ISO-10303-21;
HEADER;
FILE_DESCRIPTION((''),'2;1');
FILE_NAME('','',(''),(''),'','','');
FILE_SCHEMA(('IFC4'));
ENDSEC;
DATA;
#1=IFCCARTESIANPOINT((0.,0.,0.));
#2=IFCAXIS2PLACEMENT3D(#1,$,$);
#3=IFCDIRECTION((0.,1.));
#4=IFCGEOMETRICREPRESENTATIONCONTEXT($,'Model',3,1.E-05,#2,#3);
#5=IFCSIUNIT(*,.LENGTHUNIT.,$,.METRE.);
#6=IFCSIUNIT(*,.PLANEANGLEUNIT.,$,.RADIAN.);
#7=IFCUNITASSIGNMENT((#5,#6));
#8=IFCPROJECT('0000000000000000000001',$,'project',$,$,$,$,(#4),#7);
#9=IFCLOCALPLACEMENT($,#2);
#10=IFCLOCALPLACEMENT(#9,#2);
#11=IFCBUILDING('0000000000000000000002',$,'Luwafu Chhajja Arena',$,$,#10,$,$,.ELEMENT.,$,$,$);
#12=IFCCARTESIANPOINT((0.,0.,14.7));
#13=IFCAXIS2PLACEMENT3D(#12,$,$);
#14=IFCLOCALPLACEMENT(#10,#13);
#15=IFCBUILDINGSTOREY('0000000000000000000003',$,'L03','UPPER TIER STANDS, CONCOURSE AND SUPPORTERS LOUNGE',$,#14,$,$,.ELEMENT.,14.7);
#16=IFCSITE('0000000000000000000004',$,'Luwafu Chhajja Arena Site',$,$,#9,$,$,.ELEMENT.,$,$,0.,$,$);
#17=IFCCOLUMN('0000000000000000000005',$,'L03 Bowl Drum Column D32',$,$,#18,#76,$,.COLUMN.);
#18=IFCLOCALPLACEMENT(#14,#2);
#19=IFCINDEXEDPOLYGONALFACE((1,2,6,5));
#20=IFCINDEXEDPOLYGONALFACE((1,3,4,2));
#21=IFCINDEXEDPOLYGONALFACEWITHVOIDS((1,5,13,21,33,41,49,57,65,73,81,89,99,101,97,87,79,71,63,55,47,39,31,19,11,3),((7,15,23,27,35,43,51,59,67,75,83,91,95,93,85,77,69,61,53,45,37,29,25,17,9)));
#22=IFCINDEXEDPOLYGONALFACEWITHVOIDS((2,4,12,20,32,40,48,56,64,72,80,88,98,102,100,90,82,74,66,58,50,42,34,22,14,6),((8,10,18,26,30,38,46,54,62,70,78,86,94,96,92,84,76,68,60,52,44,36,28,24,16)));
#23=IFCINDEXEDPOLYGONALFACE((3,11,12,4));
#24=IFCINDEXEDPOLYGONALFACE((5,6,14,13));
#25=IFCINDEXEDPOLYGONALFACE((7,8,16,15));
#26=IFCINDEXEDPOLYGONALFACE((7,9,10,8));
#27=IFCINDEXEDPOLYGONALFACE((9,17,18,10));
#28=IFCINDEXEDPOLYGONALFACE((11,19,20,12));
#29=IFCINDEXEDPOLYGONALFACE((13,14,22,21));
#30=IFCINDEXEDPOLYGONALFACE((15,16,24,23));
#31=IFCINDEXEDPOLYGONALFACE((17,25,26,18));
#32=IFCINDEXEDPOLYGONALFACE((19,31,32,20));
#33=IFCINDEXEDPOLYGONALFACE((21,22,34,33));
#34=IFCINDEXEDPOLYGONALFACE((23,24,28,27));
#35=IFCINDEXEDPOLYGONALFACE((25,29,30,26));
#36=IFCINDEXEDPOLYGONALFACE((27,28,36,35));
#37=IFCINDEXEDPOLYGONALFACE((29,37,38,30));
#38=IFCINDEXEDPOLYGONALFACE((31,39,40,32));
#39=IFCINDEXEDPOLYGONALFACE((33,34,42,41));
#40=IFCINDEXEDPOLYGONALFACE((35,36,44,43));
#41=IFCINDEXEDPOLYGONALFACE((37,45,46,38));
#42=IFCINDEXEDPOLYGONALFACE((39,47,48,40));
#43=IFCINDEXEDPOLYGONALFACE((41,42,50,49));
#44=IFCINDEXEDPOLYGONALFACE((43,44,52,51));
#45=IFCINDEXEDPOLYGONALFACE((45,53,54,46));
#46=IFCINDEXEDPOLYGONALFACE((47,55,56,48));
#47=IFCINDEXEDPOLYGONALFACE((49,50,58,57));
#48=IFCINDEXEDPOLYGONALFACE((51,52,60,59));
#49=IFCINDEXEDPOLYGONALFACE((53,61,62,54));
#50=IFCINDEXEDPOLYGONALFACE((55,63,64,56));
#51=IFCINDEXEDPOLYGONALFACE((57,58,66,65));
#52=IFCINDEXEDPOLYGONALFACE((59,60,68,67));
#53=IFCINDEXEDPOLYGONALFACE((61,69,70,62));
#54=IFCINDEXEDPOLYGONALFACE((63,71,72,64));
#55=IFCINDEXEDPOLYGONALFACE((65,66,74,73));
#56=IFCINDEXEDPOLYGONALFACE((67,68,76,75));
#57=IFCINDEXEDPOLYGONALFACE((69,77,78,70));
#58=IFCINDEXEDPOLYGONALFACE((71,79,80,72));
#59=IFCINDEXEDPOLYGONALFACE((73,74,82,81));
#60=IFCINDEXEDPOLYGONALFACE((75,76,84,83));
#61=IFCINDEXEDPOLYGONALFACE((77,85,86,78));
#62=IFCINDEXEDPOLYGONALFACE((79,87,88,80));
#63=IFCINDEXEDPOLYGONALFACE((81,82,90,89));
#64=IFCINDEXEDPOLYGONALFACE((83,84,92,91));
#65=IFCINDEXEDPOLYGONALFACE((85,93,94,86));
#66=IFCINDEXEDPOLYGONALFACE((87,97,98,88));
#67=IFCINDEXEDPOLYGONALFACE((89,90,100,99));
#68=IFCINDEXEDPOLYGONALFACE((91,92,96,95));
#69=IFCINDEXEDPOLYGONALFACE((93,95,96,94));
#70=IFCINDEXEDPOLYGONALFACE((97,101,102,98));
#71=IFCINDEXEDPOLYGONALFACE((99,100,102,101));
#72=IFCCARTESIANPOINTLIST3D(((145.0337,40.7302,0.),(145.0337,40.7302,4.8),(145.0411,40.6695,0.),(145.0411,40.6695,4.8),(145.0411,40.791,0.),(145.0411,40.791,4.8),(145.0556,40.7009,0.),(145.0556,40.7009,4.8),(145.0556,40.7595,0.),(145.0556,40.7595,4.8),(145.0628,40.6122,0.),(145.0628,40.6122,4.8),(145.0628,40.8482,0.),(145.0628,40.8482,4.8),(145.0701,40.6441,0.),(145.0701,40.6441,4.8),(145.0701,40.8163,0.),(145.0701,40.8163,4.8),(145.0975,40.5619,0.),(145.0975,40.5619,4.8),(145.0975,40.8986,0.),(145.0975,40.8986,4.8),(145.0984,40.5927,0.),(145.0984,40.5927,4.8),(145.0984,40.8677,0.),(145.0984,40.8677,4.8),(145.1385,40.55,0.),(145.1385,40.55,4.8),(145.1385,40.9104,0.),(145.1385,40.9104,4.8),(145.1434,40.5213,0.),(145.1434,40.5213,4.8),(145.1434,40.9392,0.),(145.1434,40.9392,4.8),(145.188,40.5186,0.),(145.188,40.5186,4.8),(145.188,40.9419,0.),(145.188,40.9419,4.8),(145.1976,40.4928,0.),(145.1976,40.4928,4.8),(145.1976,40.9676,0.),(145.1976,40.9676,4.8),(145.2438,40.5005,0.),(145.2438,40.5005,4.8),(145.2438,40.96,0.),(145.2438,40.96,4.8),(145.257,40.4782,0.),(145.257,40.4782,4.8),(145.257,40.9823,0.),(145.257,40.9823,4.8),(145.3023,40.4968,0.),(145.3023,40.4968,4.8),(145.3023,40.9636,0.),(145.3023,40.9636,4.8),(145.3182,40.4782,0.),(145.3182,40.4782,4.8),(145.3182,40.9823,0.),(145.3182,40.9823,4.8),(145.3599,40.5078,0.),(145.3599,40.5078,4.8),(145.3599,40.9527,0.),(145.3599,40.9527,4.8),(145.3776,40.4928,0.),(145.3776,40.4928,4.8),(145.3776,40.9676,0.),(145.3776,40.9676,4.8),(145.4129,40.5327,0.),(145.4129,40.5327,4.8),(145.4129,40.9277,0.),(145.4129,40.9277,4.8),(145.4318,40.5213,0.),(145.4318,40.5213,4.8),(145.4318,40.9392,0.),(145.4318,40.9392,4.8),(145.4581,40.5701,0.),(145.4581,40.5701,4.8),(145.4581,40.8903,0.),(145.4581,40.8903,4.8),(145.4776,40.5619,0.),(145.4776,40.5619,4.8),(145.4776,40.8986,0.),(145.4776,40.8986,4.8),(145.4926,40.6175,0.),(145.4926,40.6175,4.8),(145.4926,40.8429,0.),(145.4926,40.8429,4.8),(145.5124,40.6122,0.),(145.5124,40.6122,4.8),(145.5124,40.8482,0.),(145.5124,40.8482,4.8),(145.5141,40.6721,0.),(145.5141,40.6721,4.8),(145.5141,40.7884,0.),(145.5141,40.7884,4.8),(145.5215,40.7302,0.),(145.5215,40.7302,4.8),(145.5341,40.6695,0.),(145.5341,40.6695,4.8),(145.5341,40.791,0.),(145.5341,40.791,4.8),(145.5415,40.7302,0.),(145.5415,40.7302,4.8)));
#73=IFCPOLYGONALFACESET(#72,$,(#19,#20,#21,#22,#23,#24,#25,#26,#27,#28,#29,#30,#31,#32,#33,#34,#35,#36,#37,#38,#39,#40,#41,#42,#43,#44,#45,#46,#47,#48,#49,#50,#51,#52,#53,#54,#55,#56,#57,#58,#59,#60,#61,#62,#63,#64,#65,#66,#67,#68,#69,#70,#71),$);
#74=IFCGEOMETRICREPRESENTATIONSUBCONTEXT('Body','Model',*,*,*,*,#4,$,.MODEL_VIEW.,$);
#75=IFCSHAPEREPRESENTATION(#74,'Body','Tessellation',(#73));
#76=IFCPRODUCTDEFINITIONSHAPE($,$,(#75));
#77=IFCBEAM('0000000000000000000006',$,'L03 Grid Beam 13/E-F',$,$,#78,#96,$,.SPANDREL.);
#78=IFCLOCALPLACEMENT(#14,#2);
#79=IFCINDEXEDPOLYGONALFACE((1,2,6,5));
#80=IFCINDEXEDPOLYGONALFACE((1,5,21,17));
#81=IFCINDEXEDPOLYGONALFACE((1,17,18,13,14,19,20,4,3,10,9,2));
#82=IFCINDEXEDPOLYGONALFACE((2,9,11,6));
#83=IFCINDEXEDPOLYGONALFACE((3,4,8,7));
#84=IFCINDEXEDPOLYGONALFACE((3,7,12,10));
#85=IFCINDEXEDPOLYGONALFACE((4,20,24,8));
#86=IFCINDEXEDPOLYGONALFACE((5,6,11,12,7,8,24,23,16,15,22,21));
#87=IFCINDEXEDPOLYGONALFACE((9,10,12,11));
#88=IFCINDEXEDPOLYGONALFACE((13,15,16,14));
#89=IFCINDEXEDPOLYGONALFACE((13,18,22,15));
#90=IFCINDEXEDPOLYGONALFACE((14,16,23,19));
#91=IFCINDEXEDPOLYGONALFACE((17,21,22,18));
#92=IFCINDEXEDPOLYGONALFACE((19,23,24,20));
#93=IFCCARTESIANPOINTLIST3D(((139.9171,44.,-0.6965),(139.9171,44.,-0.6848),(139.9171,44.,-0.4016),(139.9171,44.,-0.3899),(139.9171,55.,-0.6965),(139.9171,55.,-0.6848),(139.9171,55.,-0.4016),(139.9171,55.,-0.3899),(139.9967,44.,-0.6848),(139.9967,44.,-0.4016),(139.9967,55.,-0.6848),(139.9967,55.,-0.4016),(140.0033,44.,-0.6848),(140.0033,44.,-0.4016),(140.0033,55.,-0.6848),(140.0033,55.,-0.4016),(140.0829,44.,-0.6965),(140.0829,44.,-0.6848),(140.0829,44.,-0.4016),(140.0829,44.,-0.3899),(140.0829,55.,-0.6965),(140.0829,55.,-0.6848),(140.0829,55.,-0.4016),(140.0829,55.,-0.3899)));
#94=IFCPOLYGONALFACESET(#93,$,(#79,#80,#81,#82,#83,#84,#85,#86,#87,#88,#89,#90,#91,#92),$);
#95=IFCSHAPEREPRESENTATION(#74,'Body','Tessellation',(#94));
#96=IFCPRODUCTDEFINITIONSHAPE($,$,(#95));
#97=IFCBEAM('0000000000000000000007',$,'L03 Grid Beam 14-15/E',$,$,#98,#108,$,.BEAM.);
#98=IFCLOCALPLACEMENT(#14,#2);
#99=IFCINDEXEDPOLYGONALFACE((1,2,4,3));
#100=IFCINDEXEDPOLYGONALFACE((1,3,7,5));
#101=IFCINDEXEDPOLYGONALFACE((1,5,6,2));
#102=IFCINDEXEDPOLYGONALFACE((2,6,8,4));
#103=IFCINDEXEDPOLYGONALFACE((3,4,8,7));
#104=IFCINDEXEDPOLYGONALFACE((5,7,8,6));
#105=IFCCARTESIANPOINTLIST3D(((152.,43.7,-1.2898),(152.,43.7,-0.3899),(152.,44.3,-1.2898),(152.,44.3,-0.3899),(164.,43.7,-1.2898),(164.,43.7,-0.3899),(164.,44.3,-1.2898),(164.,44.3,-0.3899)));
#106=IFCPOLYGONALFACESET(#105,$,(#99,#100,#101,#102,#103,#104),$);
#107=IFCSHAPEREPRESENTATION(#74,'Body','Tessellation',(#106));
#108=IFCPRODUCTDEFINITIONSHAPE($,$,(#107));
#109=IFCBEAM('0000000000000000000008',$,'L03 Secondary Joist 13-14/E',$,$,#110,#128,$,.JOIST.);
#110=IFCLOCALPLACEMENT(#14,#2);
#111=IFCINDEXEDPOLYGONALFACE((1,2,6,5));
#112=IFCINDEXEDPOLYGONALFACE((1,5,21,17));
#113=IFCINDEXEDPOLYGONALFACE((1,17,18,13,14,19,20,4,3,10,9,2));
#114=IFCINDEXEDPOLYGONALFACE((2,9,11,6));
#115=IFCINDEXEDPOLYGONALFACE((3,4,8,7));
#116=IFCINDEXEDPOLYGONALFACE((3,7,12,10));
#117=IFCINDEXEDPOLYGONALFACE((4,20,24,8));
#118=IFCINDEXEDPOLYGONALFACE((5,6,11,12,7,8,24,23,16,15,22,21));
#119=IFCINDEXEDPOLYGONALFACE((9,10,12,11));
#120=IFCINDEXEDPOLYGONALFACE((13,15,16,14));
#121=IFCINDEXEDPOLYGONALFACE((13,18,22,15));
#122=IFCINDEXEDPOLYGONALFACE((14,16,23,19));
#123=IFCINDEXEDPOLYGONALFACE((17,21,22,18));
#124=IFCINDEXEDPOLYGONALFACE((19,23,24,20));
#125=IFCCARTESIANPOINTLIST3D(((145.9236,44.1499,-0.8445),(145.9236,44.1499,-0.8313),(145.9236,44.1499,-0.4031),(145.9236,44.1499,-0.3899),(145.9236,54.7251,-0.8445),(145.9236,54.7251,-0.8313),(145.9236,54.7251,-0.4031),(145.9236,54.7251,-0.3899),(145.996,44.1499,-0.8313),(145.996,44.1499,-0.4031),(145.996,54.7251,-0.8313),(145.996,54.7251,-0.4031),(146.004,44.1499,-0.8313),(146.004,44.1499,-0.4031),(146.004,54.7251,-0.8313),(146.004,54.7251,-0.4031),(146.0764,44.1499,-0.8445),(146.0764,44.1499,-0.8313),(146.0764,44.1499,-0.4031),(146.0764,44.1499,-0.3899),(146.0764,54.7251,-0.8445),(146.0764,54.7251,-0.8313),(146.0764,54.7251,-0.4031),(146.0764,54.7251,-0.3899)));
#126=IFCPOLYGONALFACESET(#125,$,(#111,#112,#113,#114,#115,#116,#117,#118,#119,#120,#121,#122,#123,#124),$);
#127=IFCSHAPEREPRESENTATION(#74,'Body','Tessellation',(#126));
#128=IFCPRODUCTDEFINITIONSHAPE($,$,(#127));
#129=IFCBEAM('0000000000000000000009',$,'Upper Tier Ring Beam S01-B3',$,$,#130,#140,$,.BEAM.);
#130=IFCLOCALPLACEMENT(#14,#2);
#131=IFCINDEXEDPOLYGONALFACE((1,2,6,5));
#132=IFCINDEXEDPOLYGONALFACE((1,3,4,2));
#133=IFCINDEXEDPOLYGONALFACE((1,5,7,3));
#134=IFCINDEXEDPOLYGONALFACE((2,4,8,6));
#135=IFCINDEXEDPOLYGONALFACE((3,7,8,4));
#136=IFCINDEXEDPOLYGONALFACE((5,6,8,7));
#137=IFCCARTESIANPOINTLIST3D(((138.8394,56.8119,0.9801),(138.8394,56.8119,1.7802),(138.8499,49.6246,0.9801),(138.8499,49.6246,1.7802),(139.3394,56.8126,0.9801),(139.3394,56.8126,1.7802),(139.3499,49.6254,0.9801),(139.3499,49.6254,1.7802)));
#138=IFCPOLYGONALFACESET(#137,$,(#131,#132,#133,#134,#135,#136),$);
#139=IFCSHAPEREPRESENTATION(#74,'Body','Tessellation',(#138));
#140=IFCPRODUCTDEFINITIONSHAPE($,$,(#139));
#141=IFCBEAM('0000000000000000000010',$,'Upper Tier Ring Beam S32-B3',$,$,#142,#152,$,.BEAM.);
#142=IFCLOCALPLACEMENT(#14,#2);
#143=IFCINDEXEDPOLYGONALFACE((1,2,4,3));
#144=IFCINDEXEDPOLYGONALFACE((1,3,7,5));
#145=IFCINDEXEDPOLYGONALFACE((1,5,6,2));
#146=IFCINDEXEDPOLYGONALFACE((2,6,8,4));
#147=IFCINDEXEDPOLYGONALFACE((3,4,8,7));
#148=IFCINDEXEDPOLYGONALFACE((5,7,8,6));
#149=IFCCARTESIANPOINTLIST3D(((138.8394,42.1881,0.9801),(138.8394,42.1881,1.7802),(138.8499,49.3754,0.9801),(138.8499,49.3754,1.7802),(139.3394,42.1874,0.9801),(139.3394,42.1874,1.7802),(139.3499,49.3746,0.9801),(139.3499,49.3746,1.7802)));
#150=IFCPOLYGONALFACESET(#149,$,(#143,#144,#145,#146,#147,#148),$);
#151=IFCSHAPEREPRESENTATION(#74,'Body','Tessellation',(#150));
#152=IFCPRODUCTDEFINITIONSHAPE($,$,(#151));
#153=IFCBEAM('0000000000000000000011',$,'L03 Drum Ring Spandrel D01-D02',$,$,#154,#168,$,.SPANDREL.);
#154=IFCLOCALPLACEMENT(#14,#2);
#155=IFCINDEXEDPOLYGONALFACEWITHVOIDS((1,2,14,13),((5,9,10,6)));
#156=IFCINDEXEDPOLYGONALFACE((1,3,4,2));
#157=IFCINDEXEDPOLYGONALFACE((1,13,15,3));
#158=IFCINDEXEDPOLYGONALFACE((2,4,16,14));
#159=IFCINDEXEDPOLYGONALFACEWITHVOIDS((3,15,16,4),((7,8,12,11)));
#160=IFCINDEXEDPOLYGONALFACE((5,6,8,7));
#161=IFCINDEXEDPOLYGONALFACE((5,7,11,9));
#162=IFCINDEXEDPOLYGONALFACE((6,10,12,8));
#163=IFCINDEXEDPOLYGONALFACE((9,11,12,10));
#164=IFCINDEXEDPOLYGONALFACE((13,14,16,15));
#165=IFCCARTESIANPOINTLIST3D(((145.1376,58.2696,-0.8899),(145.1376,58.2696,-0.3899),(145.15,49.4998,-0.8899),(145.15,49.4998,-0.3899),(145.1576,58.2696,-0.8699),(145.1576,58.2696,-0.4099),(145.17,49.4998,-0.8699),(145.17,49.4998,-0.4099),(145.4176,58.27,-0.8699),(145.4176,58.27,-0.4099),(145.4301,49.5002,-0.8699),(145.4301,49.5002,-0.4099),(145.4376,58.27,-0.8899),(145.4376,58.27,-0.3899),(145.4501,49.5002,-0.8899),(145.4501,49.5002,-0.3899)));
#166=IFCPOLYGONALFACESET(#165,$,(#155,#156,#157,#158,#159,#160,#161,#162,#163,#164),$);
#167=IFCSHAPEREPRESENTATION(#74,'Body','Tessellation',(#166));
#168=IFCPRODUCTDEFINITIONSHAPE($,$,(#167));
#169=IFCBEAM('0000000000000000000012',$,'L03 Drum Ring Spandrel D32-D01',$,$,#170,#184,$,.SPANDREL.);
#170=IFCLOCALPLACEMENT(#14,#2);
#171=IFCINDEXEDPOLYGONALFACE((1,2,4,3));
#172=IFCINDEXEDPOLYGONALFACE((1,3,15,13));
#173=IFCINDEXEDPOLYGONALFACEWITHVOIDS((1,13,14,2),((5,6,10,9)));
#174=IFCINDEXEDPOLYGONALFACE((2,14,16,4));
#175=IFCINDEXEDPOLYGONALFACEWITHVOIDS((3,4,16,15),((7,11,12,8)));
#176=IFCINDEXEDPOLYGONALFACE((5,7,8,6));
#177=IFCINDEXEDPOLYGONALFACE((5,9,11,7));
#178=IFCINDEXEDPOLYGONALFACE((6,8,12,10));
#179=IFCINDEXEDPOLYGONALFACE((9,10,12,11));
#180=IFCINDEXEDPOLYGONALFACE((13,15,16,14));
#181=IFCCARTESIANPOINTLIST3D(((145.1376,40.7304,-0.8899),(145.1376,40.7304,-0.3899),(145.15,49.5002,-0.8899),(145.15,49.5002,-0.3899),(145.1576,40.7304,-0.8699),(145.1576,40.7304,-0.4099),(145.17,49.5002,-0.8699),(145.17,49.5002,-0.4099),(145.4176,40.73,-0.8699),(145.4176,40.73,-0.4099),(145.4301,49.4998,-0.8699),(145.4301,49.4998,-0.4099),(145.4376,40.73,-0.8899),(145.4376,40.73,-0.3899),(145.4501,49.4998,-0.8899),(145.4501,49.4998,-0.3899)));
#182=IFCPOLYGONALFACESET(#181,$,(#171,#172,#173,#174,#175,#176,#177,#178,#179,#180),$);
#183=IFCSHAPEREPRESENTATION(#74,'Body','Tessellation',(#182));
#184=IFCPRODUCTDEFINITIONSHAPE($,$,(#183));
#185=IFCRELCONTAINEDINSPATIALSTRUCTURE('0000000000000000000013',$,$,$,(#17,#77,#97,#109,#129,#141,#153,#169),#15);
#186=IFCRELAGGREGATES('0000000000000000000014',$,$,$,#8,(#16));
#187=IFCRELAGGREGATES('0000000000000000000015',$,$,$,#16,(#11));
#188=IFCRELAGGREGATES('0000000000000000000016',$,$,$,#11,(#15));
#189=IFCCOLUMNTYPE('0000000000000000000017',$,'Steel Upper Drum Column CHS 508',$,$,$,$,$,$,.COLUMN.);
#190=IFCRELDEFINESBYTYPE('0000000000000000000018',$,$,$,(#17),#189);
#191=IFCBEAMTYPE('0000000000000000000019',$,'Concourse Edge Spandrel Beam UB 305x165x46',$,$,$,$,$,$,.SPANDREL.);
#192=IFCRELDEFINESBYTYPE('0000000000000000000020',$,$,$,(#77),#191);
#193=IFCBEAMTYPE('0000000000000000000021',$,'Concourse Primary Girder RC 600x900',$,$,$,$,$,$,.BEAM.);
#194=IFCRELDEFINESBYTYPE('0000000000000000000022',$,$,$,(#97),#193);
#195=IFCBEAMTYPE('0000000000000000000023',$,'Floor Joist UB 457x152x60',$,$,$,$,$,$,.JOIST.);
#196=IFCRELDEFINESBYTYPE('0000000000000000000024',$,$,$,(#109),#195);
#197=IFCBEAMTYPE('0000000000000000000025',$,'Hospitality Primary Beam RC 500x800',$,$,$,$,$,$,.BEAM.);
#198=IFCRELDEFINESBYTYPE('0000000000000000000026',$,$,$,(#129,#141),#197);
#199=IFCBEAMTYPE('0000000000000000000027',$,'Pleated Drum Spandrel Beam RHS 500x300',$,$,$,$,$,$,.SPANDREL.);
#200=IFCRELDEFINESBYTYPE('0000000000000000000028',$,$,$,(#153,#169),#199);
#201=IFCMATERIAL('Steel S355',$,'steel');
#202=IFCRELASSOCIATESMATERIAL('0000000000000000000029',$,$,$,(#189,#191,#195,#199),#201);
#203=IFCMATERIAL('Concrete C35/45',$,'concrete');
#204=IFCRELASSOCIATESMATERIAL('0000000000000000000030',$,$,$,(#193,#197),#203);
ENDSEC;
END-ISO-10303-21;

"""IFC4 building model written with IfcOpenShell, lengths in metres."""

from ifc_helpers import new_model, si_unit, direction, frame, origin, origin_2d, place, context, subcontext, project, spatial, rectangle, hollow_rectangle, hollow_circle, i_section, extrude, material, material_profile, profile_set, type_object, element, save


model = new_model("IFC4")

# Units and contexts
model_context = context("Model", 3, precision=1e-05, world=origin(), true_north=direction((0.0, 1.0)))
body_context = subcontext(model_context, "Body", "Model", "MODEL_VIEW")
ifc_project = project(units=[si_unit("LENGTHUNIT", "METRE"), si_unit("PLANEANGLEUNIT", "RADIAN")], contexts=[model_context])

# Site, building, storey
site_placement = place(None, origin())
site = spatial("IfcSite", under=ifc_project, at=site_placement, Name="Luwafu Chhajja Arena Site", CompositionType="ELEMENT", RefElevation=0.0)
building_placement = place(site_placement, origin())
building = spatial("IfcBuilding", under=site, at=building_placement, Name="Luwafu Chhajja Arena", CompositionType="ELEMENT")
storey_placement = place(building_placement, frame((0.0, 0.0, 14.7)))
storey = spatial("IfcBuildingStorey", under=building, at=storey_placement, Name="L03", Description="UPPER TIER STANDS, CONCOURSE AND SUPPORTERS LOUNGE", CompositionType="ELEMENT", Elevation=14.7)

# Column
ifc_material_1 = material(Name="Concrete C35/45", Category="concrete")
ifc_material_2 = material(Name="Steel S355", Category="steel")
ifc_material_profile_1 = material_profile(ifc_material_2, hollow_circle(Radius=0.2539, WallThickness=0.02, at=origin_2d()), Name="CHS 508x20")
ifc_profile_set_1 = profile_set([ifc_material_profile_1], Name="Steel S355")
column_type_1 = type_object("IfcColumnType", Name="Steel Upper Drum Column CHS 508", PredefinedType="COLUMN", material=ifc_profile_set_1)
for number, where, z_axis, x_axis, name in (
    (1, (145.2876, 40.7302, 0.0), (0.0, 0.0, 1.0), (1.0, 0.0, 0.0), "L03 Bowl Drum Column D32"),
):
    element("IfcColumn", number, at=place(storey_placement, frame(where, z_axis=z_axis, x_axis=x_axis)), inside=storey, type_object=column_type_1, Name=name, PredefinedType="COLUMN", context=body_context, shape_type="SweptSolid", body=[
        extrude(hollow_circle(Radius=0.2539, WallThickness=0.02, at=origin_2d()), origin(), (0.0, 0.0, 1.0), 4.8),
    ])

# Beams
ifc_material_profile_2 = material_profile(ifc_material_2, i_section(OverallWidth=0.1658, OverallDepth=0.3066, WebThickness=0.0066, FlangeThickness=0.0117, at=origin_2d()), Name="UB 305x165x46")
ifc_profile_set_2 = profile_set([ifc_material_profile_2], Name="Steel S355")
beam_type_1 = type_object("IfcBeamType", Name="Concourse Edge Spandrel Beam UB 305x165x46", PredefinedType="SPANDREL", material=ifc_profile_set_2)
beam_1_placement = place(storey_placement, frame((140.0, 44.0, -0.5432), z_axis=(0.0, 1.0, 0.0), x_axis=(-1.0, 0.0, 0.0)))
element("IfcBeam", 2, at=beam_1_placement, inside=storey, type_object=beam_type_1, Name="L03 Grid Beam 13/E-F", PredefinedType="SPANDREL", context=body_context, shape_type="SweptSolid", body=[
    extrude(i_section(OverallWidth=0.1658, OverallDepth=0.3066, WebThickness=0.0066, FlangeThickness=0.0117, at=origin_2d()), origin(), (0.0, 0.0, 1.0), 11.0),
])
ifc_material_profile_3 = material_profile(ifc_material_1, rectangle(XDim=0.6001, YDim=0.8999, at=origin_2d()), Name="RC 600x900")
ifc_profile_set_3 = profile_set([ifc_material_profile_3], Name="Concrete C35/45")
beam_type_2 = type_object("IfcBeamType", Name="Concourse Primary Girder RC 600x900", PredefinedType="BEAM", material=ifc_profile_set_3)
beam_2_placement = place(storey_placement, frame((152.0, 44.0, -0.8398), z_axis=(1.0, 0.0, 0.0), x_axis=(0.0, 1.0, 0.0)))
element("IfcBeam", 3, at=beam_2_placement, inside=storey, type_object=beam_type_2, Name="L03 Grid Beam 14-15/E", PredefinedType="BEAM", context=body_context, shape_type="SweptSolid", body=[
    extrude(rectangle(XDim=0.6001, YDim=0.8999, at=origin_2d()), origin(), (0.0, 0.0, 1.0), 12.0),
])
ifc_material_profile_4 = material_profile(ifc_material_2, i_section(OverallWidth=0.1528, OverallDepth=0.4546, WebThickness=0.0081, FlangeThickness=0.0132, at=origin_2d()), Name="UB 457x152x60")
ifc_profile_set_4 = profile_set([ifc_material_profile_4], Name="Steel S355")
beam_type_3 = type_object("IfcBeamType", Name="Floor Joist UB 457x152x60", PredefinedType="JOIST", material=ifc_profile_set_4)
beam_3_placement = place(storey_placement, frame((146.0, 44.1499, -0.6172), z_axis=(0.0, 1.0, 0.0), x_axis=(-1.0, 0.0, 0.0)))
element("IfcBeam", 4, at=beam_3_placement, inside=storey, type_object=beam_type_3, Name="L03 Secondary Joist 13-14/E", PredefinedType="JOIST", context=body_context, shape_type="SweptSolid", body=[
    extrude(i_section(OverallWidth=0.1528, OverallDepth=0.4546, WebThickness=0.0081, FlangeThickness=0.0132, at=origin_2d()), origin(), (0.0, 0.0, 1.0), 10.5752),
])
ifc_material_profile_5 = material_profile(ifc_material_1, rectangle(XDim=0.5, YDim=0.8, at=origin_2d()), Name="RC 500x800")
ifc_profile_set_5 = profile_set([ifc_material_profile_5], Name="Concrete C35/45")
beam_type_4 = type_object("IfcBeamType", Name="Hospitality Primary Beam RC 500x800", PredefinedType="BEAM", material=ifc_profile_set_5)
for number, where, z_axis, x_axis, name in (
    (5, (139.0999, 49.625, 1.3801), (-0.001461, 0.999999, 0.0), (-0.999999, -0.001461, 0.0), "Upper Tier Ring Beam S01-B3"),
    (6, (139.0894, 42.1877, 1.3801), (0.001461, 0.999999, 0.0), (-0.999999, 0.001461, 0.0), "Upper Tier Ring Beam S32-B3"),
):
    element("IfcBeam", number, at=place(storey_placement, frame(where, z_axis=z_axis, x_axis=x_axis)), inside=storey, type_object=beam_type_4, Name=name, PredefinedType="BEAM", context=body_context, shape_type="SweptSolid", body=[
        extrude(rectangle(XDim=0.5, YDim=0.8, at=origin_2d()), origin(), (0.0, 0.0, 1.0), 7.1873),
    ])
ifc_material_profile_6 = material_profile(ifc_material_2, hollow_rectangle(XDim=0.3, YDim=0.5, WallThickness=0.02, at=origin_2d()), Name="RHS 500x300x20")
ifc_profile_set_6 = profile_set([ifc_material_profile_6], Name="Steel S355")
beam_type_5 = type_object("IfcBeamType", Name="Pleated Drum Spandrel Beam RHS 500x300", PredefinedType="SPANDREL", material=ifc_profile_set_6)
for number, where, z_axis, x_axis, name in (
    (7, (145.3, 49.5, -0.6399), (-0.00142, 0.999999, 0.0), (-0.999999, -0.00142, 0.0), "L03 Drum Ring Spandrel D01-D02"),
    (8, (145.2876, 40.7302, -0.6399), (0.00142, 0.999999, 0.0), (-0.999999, 0.00142, 0.0), "L03 Drum Ring Spandrel D32-D01"),
):
    element("IfcBeam", number, at=place(storey_placement, frame(where, z_axis=z_axis, x_axis=x_axis)), inside=storey, type_object=beam_type_5, Name=name, PredefinedType="SPANDREL", context=body_context, shape_type="SweptSolid", body=[
        extrude(hollow_rectangle(XDim=0.3, YDim=0.5, WallThickness=0.02, at=origin_2d()), origin(), (0.0, 0.0, 1.0), 8.7698),
    ])

save(model, "model.ifc")
